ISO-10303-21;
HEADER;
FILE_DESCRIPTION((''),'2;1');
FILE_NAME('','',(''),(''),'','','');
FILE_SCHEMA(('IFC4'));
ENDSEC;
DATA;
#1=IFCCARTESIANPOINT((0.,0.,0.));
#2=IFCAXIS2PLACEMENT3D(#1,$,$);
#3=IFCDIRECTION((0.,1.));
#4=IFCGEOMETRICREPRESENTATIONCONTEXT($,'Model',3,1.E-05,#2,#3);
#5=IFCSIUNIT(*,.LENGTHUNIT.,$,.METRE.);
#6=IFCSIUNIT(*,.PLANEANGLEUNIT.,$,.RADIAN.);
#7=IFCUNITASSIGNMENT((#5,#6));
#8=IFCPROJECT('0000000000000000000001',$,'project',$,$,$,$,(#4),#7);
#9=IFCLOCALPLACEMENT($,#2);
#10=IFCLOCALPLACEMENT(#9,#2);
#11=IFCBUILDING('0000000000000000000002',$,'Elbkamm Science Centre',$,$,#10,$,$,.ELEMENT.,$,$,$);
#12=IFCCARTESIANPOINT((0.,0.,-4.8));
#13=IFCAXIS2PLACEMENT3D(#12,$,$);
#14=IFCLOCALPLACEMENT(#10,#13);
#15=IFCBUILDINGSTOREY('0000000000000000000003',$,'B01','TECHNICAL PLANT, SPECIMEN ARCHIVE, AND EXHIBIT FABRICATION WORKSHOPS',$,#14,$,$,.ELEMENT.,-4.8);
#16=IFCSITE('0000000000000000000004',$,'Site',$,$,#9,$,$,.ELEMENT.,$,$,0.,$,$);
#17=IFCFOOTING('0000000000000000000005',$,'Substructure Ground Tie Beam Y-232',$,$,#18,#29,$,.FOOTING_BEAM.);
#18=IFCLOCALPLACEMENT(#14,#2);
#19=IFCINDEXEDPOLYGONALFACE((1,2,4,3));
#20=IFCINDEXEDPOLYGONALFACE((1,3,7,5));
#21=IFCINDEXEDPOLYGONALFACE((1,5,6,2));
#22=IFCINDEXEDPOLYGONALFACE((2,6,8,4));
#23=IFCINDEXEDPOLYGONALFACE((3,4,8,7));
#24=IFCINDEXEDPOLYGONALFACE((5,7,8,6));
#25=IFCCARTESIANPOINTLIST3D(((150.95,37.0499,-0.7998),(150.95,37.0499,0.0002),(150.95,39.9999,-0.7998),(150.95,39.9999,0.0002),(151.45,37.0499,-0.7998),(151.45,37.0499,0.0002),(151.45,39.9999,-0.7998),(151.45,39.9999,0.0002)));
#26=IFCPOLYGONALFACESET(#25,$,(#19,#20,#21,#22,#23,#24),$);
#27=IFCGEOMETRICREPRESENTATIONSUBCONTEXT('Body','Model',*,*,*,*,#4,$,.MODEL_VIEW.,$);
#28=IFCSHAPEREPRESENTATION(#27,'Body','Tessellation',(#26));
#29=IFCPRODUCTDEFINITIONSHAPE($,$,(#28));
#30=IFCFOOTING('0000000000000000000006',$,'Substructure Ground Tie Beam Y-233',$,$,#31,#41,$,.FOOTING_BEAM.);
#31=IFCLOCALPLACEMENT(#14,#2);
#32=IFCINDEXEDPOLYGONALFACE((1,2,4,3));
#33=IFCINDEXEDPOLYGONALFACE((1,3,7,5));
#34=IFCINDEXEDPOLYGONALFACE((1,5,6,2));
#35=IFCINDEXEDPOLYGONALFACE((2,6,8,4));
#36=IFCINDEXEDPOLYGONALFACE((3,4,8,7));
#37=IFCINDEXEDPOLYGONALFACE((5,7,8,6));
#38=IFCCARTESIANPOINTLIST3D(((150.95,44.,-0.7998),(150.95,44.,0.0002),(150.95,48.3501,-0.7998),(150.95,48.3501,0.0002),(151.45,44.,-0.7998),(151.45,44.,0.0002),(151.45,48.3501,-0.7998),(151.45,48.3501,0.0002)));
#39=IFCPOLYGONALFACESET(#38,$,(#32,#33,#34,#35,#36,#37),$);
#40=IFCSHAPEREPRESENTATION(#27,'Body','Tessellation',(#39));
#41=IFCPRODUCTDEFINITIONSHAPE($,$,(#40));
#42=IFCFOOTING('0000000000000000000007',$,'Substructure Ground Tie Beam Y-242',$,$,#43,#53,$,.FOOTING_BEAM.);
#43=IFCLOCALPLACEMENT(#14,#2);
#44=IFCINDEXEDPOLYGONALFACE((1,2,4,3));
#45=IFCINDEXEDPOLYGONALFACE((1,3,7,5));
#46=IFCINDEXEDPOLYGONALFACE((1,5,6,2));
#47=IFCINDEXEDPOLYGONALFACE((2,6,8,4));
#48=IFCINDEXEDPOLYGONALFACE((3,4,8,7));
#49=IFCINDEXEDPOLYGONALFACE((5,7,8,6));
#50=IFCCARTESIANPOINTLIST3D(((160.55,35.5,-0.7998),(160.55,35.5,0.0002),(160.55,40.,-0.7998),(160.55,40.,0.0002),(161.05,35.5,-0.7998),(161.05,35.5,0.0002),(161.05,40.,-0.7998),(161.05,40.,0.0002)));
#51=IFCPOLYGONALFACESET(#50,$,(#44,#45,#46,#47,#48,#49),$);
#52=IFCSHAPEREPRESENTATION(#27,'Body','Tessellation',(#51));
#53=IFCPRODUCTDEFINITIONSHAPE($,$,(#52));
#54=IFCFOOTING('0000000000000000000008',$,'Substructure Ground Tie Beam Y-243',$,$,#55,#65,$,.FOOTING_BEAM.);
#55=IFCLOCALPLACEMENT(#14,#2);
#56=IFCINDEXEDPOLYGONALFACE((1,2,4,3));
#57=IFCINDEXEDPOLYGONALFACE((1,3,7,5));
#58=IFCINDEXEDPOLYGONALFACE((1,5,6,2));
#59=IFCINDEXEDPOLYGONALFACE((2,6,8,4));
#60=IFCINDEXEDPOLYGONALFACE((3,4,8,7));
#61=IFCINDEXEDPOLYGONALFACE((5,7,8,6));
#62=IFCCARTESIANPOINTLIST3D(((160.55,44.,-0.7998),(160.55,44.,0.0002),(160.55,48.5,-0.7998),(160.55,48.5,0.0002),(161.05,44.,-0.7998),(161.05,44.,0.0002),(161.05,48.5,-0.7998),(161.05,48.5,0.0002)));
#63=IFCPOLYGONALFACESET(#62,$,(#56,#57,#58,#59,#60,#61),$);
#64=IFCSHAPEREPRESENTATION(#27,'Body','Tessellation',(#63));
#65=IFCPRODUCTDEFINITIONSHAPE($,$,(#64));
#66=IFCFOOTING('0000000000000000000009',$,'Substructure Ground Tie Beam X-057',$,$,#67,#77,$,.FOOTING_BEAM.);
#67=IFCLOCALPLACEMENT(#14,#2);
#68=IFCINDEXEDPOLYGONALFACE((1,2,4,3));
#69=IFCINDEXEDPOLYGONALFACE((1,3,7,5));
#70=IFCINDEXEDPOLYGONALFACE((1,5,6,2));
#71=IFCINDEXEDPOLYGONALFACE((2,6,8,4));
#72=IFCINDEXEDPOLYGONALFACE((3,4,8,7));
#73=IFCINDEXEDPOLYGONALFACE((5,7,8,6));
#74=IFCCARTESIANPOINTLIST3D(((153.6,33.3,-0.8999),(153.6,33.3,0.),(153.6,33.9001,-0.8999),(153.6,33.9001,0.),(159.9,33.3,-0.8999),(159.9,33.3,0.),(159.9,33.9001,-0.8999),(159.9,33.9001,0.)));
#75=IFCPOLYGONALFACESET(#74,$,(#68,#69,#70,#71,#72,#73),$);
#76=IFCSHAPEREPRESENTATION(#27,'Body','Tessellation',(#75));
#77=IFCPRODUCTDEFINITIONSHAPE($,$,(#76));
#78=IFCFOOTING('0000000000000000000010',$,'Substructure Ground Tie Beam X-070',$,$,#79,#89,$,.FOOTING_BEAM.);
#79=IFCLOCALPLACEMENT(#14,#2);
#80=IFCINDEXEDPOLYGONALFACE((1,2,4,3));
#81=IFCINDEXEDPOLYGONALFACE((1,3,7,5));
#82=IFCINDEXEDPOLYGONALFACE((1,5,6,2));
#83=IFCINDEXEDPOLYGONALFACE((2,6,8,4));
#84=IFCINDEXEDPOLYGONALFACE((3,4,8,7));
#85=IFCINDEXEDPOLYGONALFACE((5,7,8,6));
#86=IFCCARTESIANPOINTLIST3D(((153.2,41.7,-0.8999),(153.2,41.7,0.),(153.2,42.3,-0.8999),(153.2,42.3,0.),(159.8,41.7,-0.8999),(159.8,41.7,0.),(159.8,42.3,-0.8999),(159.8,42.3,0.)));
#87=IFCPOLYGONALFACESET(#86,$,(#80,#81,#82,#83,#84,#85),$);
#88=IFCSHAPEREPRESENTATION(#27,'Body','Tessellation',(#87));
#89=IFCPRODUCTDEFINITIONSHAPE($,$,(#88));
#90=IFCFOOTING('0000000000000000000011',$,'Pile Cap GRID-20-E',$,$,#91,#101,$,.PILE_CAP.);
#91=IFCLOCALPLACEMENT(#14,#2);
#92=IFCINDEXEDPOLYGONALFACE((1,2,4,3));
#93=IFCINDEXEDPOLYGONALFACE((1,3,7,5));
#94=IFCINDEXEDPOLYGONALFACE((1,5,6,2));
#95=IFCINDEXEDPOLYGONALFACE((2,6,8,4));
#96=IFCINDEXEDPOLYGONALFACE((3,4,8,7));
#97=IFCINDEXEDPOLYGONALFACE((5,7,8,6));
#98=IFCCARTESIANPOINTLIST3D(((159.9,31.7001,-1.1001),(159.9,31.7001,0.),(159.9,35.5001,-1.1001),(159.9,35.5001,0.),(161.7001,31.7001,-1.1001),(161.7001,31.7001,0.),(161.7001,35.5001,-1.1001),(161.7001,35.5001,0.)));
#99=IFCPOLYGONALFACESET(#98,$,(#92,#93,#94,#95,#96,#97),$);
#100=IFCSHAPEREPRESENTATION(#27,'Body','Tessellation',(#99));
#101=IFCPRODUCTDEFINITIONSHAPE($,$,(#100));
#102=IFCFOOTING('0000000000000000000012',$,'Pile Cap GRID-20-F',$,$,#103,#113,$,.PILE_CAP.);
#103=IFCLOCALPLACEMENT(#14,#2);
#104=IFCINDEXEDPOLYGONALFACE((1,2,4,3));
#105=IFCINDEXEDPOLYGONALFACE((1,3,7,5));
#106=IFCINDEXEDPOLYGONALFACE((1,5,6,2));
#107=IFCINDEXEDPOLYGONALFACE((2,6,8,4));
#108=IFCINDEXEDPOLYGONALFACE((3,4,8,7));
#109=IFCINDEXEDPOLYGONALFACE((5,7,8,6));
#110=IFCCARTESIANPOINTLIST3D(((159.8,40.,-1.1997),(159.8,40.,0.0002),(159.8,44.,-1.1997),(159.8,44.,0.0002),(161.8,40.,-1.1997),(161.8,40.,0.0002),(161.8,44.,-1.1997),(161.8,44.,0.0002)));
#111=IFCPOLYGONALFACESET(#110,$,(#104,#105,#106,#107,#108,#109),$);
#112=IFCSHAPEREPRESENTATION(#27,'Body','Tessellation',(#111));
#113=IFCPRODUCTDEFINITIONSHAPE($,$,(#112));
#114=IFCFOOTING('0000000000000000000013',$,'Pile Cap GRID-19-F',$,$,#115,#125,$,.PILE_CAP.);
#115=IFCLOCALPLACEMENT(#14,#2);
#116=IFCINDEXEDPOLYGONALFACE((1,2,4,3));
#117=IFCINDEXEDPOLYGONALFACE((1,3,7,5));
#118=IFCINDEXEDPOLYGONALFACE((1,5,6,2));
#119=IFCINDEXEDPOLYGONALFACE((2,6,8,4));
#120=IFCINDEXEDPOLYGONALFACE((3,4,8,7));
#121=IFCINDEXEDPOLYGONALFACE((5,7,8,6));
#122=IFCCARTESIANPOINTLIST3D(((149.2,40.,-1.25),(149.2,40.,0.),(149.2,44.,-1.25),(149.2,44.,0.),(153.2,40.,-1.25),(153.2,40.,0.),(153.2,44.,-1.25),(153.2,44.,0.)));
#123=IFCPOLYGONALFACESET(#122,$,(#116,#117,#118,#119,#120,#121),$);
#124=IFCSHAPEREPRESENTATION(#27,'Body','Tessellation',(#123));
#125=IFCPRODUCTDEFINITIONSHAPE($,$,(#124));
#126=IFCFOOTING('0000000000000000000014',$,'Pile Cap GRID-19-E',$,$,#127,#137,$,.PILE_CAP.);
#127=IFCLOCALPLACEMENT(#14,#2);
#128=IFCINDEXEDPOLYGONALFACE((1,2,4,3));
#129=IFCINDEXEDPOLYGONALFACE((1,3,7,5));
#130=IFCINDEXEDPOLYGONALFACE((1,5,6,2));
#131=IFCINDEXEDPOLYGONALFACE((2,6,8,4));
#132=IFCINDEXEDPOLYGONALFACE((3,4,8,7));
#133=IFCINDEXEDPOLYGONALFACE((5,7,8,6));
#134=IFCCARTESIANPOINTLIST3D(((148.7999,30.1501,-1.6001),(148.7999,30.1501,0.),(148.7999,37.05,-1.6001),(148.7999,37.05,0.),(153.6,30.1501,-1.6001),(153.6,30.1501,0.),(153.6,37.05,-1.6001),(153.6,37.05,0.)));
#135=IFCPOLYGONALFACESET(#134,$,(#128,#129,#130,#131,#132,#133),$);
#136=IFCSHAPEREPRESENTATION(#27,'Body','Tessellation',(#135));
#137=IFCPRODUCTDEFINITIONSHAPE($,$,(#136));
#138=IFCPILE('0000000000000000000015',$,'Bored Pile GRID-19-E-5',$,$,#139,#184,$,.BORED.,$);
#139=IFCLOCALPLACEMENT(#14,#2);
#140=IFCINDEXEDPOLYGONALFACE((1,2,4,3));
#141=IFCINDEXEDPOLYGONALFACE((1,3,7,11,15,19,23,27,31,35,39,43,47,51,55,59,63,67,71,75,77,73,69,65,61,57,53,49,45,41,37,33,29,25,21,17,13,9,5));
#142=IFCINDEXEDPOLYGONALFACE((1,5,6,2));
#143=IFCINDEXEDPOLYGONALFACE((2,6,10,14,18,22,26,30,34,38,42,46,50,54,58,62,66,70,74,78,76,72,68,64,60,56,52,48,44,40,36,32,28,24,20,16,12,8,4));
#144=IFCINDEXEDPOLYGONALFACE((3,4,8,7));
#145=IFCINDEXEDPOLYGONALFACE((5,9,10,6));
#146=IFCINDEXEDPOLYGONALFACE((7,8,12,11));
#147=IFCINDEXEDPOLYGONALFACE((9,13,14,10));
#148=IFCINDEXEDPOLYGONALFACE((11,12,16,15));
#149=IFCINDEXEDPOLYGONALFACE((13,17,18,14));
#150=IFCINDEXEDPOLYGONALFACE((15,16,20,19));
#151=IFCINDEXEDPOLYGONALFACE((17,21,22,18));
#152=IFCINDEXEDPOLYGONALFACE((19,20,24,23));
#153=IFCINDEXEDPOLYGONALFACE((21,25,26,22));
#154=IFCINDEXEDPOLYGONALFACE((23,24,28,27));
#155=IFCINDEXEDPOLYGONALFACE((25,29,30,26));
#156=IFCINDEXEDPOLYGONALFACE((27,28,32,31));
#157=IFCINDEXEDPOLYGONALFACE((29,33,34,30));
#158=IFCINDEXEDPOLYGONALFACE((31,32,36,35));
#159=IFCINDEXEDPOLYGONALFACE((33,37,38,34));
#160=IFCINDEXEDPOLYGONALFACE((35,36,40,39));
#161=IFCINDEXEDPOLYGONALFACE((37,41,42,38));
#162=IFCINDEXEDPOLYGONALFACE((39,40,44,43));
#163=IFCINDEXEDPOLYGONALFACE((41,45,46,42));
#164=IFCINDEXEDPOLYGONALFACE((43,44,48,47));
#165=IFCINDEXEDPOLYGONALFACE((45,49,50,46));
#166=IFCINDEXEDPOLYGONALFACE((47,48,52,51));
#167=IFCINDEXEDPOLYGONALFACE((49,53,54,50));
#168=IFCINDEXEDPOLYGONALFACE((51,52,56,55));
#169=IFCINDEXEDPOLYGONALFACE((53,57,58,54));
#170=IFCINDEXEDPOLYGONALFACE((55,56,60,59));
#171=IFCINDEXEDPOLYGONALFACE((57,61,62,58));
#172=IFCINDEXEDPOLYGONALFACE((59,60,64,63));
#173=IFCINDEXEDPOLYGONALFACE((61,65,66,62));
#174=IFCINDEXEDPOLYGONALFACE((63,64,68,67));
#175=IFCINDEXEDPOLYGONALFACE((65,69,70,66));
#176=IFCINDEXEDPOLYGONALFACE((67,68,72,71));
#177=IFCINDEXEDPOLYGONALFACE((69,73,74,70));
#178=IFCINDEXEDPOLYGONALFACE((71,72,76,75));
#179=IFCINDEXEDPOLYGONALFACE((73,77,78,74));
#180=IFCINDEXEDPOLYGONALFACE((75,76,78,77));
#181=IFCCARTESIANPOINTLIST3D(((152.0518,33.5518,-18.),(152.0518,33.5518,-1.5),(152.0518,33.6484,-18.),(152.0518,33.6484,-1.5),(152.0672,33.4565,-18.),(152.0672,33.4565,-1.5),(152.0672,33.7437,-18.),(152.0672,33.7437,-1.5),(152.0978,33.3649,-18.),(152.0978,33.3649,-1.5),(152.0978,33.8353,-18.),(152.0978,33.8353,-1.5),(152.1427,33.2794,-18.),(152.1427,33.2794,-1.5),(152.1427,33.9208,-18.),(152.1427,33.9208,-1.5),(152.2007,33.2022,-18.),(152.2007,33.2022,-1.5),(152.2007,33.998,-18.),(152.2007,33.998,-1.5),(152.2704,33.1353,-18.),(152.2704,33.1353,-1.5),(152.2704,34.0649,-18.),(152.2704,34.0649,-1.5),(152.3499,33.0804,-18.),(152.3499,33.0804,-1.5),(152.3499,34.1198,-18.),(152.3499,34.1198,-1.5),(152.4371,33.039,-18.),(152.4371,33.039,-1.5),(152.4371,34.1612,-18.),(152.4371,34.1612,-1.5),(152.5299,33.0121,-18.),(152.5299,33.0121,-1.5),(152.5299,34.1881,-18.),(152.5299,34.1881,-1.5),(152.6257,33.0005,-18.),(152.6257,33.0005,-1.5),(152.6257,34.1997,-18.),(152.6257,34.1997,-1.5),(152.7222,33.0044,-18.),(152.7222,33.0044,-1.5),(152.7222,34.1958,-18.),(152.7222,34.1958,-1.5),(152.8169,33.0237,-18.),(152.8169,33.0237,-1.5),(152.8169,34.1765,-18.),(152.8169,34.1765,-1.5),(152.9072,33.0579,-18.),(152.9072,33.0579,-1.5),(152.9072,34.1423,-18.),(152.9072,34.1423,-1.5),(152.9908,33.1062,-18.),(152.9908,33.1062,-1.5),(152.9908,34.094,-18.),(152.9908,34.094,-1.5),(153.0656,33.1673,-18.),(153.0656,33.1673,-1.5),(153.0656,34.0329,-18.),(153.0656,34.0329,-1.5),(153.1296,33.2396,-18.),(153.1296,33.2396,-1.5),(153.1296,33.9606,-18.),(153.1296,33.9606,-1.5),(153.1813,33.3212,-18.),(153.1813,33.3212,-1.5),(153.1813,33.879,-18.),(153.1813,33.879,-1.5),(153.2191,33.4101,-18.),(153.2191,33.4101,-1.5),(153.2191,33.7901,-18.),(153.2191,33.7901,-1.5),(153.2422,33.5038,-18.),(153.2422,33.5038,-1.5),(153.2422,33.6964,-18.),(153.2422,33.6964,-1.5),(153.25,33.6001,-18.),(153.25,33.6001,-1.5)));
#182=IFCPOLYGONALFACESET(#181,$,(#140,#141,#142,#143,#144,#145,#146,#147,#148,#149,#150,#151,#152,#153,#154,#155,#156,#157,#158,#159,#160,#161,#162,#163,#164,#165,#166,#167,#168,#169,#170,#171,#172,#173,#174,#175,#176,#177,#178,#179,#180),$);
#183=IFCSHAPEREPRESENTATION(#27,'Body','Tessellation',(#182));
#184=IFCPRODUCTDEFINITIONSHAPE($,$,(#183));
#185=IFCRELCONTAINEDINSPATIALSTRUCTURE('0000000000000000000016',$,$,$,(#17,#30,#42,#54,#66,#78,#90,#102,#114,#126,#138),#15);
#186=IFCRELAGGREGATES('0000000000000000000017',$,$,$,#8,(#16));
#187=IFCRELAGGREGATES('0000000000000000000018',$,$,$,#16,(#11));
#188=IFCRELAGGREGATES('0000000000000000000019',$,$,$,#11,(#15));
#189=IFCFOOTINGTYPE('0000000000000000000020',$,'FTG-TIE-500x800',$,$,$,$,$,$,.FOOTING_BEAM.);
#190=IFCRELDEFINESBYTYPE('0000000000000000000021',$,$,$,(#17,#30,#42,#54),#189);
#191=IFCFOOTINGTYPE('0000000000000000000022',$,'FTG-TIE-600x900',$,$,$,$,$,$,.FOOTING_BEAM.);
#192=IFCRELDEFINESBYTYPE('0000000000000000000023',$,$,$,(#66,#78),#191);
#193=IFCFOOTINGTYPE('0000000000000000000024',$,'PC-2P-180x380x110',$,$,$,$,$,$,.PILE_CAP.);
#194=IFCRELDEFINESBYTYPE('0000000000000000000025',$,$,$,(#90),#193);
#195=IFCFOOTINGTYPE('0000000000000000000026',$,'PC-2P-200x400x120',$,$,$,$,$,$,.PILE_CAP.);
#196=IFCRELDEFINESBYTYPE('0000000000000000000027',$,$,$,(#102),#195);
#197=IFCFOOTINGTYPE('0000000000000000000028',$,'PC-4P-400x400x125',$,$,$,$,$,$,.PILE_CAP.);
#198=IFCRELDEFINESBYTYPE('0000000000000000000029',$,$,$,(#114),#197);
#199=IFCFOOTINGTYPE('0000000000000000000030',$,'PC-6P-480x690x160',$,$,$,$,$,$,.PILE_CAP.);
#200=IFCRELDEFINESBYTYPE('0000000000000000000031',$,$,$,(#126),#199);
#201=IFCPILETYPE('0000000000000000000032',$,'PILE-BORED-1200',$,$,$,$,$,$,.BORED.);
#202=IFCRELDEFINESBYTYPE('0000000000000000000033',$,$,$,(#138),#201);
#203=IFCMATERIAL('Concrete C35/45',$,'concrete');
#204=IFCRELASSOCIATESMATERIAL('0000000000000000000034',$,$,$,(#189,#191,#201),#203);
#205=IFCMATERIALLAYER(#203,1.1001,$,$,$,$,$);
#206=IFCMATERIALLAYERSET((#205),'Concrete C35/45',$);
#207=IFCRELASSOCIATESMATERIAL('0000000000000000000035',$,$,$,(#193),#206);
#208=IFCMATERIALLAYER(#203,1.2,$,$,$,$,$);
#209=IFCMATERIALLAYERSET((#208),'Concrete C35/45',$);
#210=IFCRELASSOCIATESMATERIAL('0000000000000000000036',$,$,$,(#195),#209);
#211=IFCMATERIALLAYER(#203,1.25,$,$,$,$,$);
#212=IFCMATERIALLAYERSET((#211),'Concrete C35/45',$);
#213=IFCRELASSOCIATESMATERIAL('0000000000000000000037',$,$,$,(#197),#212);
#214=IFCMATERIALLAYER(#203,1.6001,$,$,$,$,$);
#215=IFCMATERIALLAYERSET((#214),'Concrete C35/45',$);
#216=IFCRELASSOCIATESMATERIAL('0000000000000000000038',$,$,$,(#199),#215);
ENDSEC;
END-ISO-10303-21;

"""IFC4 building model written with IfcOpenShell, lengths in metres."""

from ifc_helpers import new_model, si_unit, direction, frame, origin, origin_2d, place, context, subcontext, project, spatial, rectangle, circle, extrude, material, layer, layer_set, material_profile, profile_set, type_object, element, save


model = new_model("IFC4")

# Units and contexts
model_context = context("Model", 3, precision=1e-05, world=origin(), true_north=direction((0.0, 1.0)))
body_context = subcontext(model_context, "Body", "Model", "MODEL_VIEW")
ifc_project = project(units=[si_unit("LENGTHUNIT", "METRE"), si_unit("PLANEANGLEUNIT", "RADIAN")], contexts=[model_context])

# Site, building, storey
site_placement = place(None, origin())
site = spatial("IfcSite", under=ifc_project, at=site_placement, Name="Site", CompositionType="ELEMENT", RefElevation=0.0)
building_placement = place(site_placement, origin())
building = spatial("IfcBuilding", under=site, at=building_placement, Name="Elbkamm Science Centre", CompositionType="ELEMENT")
storey_placement = place(building_placement, frame((0.0, 0.0, -4.8)))
storey = spatial("IfcBuildingStorey", under=building, at=storey_placement, Name="B01", Description="TECHNICAL PLANT, SPECIMEN ARCHIVE, AND EXHIBIT FABRICATION WORKSHOPS", CompositionType="ELEMENT", Elevation=-4.8)

# Footings
ifc_material_1 = material(Name="Concrete C35/45", Category="concrete")
footing_type_1 = type_object("IfcFootingType", Name="FTG-TIE-500x800", PredefinedType="FOOTING_BEAM", material=ifc_material_1)
footing_1_placement = place(storey_placement, frame((151.2, 38.5249, -0.7998), z_axis=(0.0, 0.0, 1.0), x_axis=(1.0, 0.0, 0.0)))
element("IfcFooting", 1, at=footing_1_placement, inside=storey, type_object=footing_type_1, Name="Substructure Ground Tie Beam Y-232", PredefinedType="FOOTING_BEAM", context=body_context, shape_type="SweptSolid", body=[
    extrude(rectangle(XDim=0.5, YDim=2.95, at=origin_2d()), origin(), (0.0, 0.0, 1.0), 0.8),
])
footing_2_placement = place(storey_placement, frame((151.2, 46.175, -0.7998), z_axis=(0.0, 0.0, 1.0), x_axis=(1.0, 0.0, 0.0)))
element("IfcFooting", 2, at=footing_2_placement, inside=storey, type_object=footing_type_1, Name="Substructure Ground Tie Beam Y-233", PredefinedType="FOOTING_BEAM", context=body_context, shape_type="SweptSolid", body=[
    extrude(rectangle(XDim=0.5, YDim=4.3501, at=origin_2d()), origin(), (0.0, 0.0, 1.0), 0.8),
])
for number, where, z_axis, x_axis, name in (
    (3, (160.8, 37.75, -0.7998), (0.0, 0.0, 1.0), (1.0, 0.0, 0.0), "Substructure Ground Tie Beam Y-242"),
    (4, (160.8, 46.25, -0.7998), (0.0, 0.0, 1.0), (1.0, 0.0, 0.0), "Substructure Ground Tie Beam Y-243"),
):
    element("IfcFooting", number, at=place(storey_placement, frame(where, z_axis=z_axis, x_axis=x_axis)), inside=storey, type_object=footing_type_1, Name=name, PredefinedType="FOOTING_BEAM", context=body_context, shape_type="SweptSolid", body=[
        extrude(rectangle(XDim=0.5, YDim=4.5, at=origin_2d()), origin(), (0.0, 0.0, 1.0), 0.8),
    ])
footing_type_2 = type_object("IfcFootingType", Name="FTG-TIE-600x900", PredefinedType="FOOTING_BEAM", material=ifc_material_1)
footing_3_placement = place(storey_placement, frame((156.75, 33.6001, -0.8999), z_axis=(0.0, 0.0, 1.0), x_axis=(1.0, 0.0, 0.0)))
element("IfcFooting", 5, at=footing_3_placement, inside=storey, type_object=footing_type_2, Name="Substructure Ground Tie Beam X-057", PredefinedType="FOOTING_BEAM", context=body_context, shape_type="SweptSolid", body=[
    extrude(rectangle(XDim=6.3, YDim=0.6001, at=origin_2d()), origin(), (0.0, 0.0, 1.0), 0.8999),
])
footing_4_placement = place(storey_placement, frame((156.5, 42.0, -0.8999), z_axis=(0.0, 0.0, 1.0), x_axis=(1.0, 0.0, 0.0)))
element("IfcFooting", 6, at=footing_4_placement, inside=storey, type_object=footing_type_2, Name="Substructure Ground Tie Beam X-070", PredefinedType="FOOTING_BEAM", context=body_context, shape_type="SweptSolid", body=[
    extrude(rectangle(XDim=6.6001, YDim=0.6001, at=origin_2d()), origin(), (0.0, 0.0, 1.0), 0.8999),
])
ifc_layer_1 = layer(ifc_material_1, 1.1001)
ifc_layer_set_1 = layer_set([ifc_layer_1], Name="Concrete C35/45")
footing_type_3 = type_object("IfcFootingType", Name="PC-2P-180x380x110", PredefinedType="PILE_CAP", material=ifc_layer_set_1)
footing_5_placement = place(storey_placement, frame((160.8, 33.6001, -1.1001), z_axis=(0.0, 0.0, 1.0), x_axis=(1.0, 0.0, 0.0)))
element("IfcFooting", 7, at=footing_5_placement, inside=storey, type_object=footing_type_3, Name="Pile Cap GRID-20-E", PredefinedType="PILE_CAP", context=body_context, shape_type="SweptSolid", body=[
    extrude(rectangle(XDim=1.8, YDim=3.8, at=origin_2d()), origin(), (0.0, 0.0, 1.0), 1.1001),
])
ifc_layer_2 = layer(ifc_material_1, 1.2)
ifc_layer_set_2 = layer_set([ifc_layer_2], Name="Concrete C35/45")
footing_type_4 = type_object("IfcFootingType", Name="PC-2P-200x400x120", PredefinedType="PILE_CAP", material=ifc_layer_set_2)
footing_6_placement = place(storey_placement, frame((160.8, 42.0, -1.1997), z_axis=(0.0, 0.0, 1.0), x_axis=(1.0, 0.0, 0.0)))
element("IfcFooting", 8, at=footing_6_placement, inside=storey, type_object=footing_type_4, Name="Pile Cap GRID-20-F", PredefinedType="PILE_CAP", context=body_context, shape_type="SweptSolid", body=[
    extrude(rectangle(XDim=2.0, YDim=4.0, at=origin_2d()), origin(), (0.0, 0.0, 1.0), 1.2),
])
ifc_layer_3 = layer(ifc_material_1, 1.25)
ifc_layer_set_3 = layer_set([ifc_layer_3], Name="Concrete C35/45")
footing_type_5 = type_object("IfcFootingType", Name="PC-4P-400x400x125", PredefinedType="PILE_CAP", material=ifc_layer_set_3)
footing_7_placement = place(storey_placement, frame((151.2, 42.0, -1.25), z_axis=(0.0, 0.0, 1.0), x_axis=(1.0, 0.0, 0.0)))
element("IfcFooting", 9, at=footing_7_placement, inside=storey, type_object=footing_type_5, Name="Pile Cap GRID-19-F", PredefinedType="PILE_CAP", context=body_context, shape_type="SweptSolid", body=[
    extrude(rectangle(XDim=4.0, YDim=4.0, at=origin_2d()), origin(), (0.0, 0.0, 1.0), 1.25),
])
ifc_layer_4 = layer(ifc_material_1, 1.6001)
ifc_layer_set_4 = layer_set([ifc_layer_4], Name="Concrete C35/45")
footing_type_6 = type_object("IfcFootingType", Name="PC-6P-480x690x160", PredefinedType="PILE_CAP", material=ifc_layer_set_4)
footing_8_placement = place(storey_placement, frame((151.2, 33.6001, -1.6001), z_axis=(0.0, 0.0, 1.0), x_axis=(1.0, 0.0, 0.0)))
element("IfcFooting", 10, at=footing_8_placement, inside=storey, type_object=footing_type_6, Name="Pile Cap GRID-19-E", PredefinedType="PILE_CAP", context=body_context, shape_type="SweptSolid", body=[
    extrude(rectangle(XDim=4.8, YDim=6.8999, at=origin_2d()), origin(), (0.0, 0.0, 1.0), 1.6001),
])

# Pile
ifc_material_profile_1 = material_profile(ifc_material_1, circle(Radius=0.6001, at=origin_2d()), Name="PILE D1200")
ifc_profile_set_1 = profile_set([ifc_material_profile_1], Name="Concrete C35/45")
pile_type_1 = type_object("IfcPileType", Name="PILE-BORED-1200", PredefinedType="BORED", material=ifc_profile_set_1)
for number, where, z_axis, x_axis, name in (
    (11, (152.6499, 33.6001, -1.5), (0.0, 0.0, -1.0), (1.0, 0.0, 0.0), "Bored Pile GRID-19-E-5"),
):
    element("IfcPile", number, at=place(storey_placement, frame(where, z_axis=z_axis, x_axis=x_axis)), inside=storey, type_object=pile_type_1, Name=name, PredefinedType="BORED", context=body_context, shape_type="SweptSolid", body=[
        extrude(circle(Radius=0.6001, at=origin_2d()), origin(), (0.0, 0.0, 1.0), 16.5),
    ])

save(model, "model.ifc")
